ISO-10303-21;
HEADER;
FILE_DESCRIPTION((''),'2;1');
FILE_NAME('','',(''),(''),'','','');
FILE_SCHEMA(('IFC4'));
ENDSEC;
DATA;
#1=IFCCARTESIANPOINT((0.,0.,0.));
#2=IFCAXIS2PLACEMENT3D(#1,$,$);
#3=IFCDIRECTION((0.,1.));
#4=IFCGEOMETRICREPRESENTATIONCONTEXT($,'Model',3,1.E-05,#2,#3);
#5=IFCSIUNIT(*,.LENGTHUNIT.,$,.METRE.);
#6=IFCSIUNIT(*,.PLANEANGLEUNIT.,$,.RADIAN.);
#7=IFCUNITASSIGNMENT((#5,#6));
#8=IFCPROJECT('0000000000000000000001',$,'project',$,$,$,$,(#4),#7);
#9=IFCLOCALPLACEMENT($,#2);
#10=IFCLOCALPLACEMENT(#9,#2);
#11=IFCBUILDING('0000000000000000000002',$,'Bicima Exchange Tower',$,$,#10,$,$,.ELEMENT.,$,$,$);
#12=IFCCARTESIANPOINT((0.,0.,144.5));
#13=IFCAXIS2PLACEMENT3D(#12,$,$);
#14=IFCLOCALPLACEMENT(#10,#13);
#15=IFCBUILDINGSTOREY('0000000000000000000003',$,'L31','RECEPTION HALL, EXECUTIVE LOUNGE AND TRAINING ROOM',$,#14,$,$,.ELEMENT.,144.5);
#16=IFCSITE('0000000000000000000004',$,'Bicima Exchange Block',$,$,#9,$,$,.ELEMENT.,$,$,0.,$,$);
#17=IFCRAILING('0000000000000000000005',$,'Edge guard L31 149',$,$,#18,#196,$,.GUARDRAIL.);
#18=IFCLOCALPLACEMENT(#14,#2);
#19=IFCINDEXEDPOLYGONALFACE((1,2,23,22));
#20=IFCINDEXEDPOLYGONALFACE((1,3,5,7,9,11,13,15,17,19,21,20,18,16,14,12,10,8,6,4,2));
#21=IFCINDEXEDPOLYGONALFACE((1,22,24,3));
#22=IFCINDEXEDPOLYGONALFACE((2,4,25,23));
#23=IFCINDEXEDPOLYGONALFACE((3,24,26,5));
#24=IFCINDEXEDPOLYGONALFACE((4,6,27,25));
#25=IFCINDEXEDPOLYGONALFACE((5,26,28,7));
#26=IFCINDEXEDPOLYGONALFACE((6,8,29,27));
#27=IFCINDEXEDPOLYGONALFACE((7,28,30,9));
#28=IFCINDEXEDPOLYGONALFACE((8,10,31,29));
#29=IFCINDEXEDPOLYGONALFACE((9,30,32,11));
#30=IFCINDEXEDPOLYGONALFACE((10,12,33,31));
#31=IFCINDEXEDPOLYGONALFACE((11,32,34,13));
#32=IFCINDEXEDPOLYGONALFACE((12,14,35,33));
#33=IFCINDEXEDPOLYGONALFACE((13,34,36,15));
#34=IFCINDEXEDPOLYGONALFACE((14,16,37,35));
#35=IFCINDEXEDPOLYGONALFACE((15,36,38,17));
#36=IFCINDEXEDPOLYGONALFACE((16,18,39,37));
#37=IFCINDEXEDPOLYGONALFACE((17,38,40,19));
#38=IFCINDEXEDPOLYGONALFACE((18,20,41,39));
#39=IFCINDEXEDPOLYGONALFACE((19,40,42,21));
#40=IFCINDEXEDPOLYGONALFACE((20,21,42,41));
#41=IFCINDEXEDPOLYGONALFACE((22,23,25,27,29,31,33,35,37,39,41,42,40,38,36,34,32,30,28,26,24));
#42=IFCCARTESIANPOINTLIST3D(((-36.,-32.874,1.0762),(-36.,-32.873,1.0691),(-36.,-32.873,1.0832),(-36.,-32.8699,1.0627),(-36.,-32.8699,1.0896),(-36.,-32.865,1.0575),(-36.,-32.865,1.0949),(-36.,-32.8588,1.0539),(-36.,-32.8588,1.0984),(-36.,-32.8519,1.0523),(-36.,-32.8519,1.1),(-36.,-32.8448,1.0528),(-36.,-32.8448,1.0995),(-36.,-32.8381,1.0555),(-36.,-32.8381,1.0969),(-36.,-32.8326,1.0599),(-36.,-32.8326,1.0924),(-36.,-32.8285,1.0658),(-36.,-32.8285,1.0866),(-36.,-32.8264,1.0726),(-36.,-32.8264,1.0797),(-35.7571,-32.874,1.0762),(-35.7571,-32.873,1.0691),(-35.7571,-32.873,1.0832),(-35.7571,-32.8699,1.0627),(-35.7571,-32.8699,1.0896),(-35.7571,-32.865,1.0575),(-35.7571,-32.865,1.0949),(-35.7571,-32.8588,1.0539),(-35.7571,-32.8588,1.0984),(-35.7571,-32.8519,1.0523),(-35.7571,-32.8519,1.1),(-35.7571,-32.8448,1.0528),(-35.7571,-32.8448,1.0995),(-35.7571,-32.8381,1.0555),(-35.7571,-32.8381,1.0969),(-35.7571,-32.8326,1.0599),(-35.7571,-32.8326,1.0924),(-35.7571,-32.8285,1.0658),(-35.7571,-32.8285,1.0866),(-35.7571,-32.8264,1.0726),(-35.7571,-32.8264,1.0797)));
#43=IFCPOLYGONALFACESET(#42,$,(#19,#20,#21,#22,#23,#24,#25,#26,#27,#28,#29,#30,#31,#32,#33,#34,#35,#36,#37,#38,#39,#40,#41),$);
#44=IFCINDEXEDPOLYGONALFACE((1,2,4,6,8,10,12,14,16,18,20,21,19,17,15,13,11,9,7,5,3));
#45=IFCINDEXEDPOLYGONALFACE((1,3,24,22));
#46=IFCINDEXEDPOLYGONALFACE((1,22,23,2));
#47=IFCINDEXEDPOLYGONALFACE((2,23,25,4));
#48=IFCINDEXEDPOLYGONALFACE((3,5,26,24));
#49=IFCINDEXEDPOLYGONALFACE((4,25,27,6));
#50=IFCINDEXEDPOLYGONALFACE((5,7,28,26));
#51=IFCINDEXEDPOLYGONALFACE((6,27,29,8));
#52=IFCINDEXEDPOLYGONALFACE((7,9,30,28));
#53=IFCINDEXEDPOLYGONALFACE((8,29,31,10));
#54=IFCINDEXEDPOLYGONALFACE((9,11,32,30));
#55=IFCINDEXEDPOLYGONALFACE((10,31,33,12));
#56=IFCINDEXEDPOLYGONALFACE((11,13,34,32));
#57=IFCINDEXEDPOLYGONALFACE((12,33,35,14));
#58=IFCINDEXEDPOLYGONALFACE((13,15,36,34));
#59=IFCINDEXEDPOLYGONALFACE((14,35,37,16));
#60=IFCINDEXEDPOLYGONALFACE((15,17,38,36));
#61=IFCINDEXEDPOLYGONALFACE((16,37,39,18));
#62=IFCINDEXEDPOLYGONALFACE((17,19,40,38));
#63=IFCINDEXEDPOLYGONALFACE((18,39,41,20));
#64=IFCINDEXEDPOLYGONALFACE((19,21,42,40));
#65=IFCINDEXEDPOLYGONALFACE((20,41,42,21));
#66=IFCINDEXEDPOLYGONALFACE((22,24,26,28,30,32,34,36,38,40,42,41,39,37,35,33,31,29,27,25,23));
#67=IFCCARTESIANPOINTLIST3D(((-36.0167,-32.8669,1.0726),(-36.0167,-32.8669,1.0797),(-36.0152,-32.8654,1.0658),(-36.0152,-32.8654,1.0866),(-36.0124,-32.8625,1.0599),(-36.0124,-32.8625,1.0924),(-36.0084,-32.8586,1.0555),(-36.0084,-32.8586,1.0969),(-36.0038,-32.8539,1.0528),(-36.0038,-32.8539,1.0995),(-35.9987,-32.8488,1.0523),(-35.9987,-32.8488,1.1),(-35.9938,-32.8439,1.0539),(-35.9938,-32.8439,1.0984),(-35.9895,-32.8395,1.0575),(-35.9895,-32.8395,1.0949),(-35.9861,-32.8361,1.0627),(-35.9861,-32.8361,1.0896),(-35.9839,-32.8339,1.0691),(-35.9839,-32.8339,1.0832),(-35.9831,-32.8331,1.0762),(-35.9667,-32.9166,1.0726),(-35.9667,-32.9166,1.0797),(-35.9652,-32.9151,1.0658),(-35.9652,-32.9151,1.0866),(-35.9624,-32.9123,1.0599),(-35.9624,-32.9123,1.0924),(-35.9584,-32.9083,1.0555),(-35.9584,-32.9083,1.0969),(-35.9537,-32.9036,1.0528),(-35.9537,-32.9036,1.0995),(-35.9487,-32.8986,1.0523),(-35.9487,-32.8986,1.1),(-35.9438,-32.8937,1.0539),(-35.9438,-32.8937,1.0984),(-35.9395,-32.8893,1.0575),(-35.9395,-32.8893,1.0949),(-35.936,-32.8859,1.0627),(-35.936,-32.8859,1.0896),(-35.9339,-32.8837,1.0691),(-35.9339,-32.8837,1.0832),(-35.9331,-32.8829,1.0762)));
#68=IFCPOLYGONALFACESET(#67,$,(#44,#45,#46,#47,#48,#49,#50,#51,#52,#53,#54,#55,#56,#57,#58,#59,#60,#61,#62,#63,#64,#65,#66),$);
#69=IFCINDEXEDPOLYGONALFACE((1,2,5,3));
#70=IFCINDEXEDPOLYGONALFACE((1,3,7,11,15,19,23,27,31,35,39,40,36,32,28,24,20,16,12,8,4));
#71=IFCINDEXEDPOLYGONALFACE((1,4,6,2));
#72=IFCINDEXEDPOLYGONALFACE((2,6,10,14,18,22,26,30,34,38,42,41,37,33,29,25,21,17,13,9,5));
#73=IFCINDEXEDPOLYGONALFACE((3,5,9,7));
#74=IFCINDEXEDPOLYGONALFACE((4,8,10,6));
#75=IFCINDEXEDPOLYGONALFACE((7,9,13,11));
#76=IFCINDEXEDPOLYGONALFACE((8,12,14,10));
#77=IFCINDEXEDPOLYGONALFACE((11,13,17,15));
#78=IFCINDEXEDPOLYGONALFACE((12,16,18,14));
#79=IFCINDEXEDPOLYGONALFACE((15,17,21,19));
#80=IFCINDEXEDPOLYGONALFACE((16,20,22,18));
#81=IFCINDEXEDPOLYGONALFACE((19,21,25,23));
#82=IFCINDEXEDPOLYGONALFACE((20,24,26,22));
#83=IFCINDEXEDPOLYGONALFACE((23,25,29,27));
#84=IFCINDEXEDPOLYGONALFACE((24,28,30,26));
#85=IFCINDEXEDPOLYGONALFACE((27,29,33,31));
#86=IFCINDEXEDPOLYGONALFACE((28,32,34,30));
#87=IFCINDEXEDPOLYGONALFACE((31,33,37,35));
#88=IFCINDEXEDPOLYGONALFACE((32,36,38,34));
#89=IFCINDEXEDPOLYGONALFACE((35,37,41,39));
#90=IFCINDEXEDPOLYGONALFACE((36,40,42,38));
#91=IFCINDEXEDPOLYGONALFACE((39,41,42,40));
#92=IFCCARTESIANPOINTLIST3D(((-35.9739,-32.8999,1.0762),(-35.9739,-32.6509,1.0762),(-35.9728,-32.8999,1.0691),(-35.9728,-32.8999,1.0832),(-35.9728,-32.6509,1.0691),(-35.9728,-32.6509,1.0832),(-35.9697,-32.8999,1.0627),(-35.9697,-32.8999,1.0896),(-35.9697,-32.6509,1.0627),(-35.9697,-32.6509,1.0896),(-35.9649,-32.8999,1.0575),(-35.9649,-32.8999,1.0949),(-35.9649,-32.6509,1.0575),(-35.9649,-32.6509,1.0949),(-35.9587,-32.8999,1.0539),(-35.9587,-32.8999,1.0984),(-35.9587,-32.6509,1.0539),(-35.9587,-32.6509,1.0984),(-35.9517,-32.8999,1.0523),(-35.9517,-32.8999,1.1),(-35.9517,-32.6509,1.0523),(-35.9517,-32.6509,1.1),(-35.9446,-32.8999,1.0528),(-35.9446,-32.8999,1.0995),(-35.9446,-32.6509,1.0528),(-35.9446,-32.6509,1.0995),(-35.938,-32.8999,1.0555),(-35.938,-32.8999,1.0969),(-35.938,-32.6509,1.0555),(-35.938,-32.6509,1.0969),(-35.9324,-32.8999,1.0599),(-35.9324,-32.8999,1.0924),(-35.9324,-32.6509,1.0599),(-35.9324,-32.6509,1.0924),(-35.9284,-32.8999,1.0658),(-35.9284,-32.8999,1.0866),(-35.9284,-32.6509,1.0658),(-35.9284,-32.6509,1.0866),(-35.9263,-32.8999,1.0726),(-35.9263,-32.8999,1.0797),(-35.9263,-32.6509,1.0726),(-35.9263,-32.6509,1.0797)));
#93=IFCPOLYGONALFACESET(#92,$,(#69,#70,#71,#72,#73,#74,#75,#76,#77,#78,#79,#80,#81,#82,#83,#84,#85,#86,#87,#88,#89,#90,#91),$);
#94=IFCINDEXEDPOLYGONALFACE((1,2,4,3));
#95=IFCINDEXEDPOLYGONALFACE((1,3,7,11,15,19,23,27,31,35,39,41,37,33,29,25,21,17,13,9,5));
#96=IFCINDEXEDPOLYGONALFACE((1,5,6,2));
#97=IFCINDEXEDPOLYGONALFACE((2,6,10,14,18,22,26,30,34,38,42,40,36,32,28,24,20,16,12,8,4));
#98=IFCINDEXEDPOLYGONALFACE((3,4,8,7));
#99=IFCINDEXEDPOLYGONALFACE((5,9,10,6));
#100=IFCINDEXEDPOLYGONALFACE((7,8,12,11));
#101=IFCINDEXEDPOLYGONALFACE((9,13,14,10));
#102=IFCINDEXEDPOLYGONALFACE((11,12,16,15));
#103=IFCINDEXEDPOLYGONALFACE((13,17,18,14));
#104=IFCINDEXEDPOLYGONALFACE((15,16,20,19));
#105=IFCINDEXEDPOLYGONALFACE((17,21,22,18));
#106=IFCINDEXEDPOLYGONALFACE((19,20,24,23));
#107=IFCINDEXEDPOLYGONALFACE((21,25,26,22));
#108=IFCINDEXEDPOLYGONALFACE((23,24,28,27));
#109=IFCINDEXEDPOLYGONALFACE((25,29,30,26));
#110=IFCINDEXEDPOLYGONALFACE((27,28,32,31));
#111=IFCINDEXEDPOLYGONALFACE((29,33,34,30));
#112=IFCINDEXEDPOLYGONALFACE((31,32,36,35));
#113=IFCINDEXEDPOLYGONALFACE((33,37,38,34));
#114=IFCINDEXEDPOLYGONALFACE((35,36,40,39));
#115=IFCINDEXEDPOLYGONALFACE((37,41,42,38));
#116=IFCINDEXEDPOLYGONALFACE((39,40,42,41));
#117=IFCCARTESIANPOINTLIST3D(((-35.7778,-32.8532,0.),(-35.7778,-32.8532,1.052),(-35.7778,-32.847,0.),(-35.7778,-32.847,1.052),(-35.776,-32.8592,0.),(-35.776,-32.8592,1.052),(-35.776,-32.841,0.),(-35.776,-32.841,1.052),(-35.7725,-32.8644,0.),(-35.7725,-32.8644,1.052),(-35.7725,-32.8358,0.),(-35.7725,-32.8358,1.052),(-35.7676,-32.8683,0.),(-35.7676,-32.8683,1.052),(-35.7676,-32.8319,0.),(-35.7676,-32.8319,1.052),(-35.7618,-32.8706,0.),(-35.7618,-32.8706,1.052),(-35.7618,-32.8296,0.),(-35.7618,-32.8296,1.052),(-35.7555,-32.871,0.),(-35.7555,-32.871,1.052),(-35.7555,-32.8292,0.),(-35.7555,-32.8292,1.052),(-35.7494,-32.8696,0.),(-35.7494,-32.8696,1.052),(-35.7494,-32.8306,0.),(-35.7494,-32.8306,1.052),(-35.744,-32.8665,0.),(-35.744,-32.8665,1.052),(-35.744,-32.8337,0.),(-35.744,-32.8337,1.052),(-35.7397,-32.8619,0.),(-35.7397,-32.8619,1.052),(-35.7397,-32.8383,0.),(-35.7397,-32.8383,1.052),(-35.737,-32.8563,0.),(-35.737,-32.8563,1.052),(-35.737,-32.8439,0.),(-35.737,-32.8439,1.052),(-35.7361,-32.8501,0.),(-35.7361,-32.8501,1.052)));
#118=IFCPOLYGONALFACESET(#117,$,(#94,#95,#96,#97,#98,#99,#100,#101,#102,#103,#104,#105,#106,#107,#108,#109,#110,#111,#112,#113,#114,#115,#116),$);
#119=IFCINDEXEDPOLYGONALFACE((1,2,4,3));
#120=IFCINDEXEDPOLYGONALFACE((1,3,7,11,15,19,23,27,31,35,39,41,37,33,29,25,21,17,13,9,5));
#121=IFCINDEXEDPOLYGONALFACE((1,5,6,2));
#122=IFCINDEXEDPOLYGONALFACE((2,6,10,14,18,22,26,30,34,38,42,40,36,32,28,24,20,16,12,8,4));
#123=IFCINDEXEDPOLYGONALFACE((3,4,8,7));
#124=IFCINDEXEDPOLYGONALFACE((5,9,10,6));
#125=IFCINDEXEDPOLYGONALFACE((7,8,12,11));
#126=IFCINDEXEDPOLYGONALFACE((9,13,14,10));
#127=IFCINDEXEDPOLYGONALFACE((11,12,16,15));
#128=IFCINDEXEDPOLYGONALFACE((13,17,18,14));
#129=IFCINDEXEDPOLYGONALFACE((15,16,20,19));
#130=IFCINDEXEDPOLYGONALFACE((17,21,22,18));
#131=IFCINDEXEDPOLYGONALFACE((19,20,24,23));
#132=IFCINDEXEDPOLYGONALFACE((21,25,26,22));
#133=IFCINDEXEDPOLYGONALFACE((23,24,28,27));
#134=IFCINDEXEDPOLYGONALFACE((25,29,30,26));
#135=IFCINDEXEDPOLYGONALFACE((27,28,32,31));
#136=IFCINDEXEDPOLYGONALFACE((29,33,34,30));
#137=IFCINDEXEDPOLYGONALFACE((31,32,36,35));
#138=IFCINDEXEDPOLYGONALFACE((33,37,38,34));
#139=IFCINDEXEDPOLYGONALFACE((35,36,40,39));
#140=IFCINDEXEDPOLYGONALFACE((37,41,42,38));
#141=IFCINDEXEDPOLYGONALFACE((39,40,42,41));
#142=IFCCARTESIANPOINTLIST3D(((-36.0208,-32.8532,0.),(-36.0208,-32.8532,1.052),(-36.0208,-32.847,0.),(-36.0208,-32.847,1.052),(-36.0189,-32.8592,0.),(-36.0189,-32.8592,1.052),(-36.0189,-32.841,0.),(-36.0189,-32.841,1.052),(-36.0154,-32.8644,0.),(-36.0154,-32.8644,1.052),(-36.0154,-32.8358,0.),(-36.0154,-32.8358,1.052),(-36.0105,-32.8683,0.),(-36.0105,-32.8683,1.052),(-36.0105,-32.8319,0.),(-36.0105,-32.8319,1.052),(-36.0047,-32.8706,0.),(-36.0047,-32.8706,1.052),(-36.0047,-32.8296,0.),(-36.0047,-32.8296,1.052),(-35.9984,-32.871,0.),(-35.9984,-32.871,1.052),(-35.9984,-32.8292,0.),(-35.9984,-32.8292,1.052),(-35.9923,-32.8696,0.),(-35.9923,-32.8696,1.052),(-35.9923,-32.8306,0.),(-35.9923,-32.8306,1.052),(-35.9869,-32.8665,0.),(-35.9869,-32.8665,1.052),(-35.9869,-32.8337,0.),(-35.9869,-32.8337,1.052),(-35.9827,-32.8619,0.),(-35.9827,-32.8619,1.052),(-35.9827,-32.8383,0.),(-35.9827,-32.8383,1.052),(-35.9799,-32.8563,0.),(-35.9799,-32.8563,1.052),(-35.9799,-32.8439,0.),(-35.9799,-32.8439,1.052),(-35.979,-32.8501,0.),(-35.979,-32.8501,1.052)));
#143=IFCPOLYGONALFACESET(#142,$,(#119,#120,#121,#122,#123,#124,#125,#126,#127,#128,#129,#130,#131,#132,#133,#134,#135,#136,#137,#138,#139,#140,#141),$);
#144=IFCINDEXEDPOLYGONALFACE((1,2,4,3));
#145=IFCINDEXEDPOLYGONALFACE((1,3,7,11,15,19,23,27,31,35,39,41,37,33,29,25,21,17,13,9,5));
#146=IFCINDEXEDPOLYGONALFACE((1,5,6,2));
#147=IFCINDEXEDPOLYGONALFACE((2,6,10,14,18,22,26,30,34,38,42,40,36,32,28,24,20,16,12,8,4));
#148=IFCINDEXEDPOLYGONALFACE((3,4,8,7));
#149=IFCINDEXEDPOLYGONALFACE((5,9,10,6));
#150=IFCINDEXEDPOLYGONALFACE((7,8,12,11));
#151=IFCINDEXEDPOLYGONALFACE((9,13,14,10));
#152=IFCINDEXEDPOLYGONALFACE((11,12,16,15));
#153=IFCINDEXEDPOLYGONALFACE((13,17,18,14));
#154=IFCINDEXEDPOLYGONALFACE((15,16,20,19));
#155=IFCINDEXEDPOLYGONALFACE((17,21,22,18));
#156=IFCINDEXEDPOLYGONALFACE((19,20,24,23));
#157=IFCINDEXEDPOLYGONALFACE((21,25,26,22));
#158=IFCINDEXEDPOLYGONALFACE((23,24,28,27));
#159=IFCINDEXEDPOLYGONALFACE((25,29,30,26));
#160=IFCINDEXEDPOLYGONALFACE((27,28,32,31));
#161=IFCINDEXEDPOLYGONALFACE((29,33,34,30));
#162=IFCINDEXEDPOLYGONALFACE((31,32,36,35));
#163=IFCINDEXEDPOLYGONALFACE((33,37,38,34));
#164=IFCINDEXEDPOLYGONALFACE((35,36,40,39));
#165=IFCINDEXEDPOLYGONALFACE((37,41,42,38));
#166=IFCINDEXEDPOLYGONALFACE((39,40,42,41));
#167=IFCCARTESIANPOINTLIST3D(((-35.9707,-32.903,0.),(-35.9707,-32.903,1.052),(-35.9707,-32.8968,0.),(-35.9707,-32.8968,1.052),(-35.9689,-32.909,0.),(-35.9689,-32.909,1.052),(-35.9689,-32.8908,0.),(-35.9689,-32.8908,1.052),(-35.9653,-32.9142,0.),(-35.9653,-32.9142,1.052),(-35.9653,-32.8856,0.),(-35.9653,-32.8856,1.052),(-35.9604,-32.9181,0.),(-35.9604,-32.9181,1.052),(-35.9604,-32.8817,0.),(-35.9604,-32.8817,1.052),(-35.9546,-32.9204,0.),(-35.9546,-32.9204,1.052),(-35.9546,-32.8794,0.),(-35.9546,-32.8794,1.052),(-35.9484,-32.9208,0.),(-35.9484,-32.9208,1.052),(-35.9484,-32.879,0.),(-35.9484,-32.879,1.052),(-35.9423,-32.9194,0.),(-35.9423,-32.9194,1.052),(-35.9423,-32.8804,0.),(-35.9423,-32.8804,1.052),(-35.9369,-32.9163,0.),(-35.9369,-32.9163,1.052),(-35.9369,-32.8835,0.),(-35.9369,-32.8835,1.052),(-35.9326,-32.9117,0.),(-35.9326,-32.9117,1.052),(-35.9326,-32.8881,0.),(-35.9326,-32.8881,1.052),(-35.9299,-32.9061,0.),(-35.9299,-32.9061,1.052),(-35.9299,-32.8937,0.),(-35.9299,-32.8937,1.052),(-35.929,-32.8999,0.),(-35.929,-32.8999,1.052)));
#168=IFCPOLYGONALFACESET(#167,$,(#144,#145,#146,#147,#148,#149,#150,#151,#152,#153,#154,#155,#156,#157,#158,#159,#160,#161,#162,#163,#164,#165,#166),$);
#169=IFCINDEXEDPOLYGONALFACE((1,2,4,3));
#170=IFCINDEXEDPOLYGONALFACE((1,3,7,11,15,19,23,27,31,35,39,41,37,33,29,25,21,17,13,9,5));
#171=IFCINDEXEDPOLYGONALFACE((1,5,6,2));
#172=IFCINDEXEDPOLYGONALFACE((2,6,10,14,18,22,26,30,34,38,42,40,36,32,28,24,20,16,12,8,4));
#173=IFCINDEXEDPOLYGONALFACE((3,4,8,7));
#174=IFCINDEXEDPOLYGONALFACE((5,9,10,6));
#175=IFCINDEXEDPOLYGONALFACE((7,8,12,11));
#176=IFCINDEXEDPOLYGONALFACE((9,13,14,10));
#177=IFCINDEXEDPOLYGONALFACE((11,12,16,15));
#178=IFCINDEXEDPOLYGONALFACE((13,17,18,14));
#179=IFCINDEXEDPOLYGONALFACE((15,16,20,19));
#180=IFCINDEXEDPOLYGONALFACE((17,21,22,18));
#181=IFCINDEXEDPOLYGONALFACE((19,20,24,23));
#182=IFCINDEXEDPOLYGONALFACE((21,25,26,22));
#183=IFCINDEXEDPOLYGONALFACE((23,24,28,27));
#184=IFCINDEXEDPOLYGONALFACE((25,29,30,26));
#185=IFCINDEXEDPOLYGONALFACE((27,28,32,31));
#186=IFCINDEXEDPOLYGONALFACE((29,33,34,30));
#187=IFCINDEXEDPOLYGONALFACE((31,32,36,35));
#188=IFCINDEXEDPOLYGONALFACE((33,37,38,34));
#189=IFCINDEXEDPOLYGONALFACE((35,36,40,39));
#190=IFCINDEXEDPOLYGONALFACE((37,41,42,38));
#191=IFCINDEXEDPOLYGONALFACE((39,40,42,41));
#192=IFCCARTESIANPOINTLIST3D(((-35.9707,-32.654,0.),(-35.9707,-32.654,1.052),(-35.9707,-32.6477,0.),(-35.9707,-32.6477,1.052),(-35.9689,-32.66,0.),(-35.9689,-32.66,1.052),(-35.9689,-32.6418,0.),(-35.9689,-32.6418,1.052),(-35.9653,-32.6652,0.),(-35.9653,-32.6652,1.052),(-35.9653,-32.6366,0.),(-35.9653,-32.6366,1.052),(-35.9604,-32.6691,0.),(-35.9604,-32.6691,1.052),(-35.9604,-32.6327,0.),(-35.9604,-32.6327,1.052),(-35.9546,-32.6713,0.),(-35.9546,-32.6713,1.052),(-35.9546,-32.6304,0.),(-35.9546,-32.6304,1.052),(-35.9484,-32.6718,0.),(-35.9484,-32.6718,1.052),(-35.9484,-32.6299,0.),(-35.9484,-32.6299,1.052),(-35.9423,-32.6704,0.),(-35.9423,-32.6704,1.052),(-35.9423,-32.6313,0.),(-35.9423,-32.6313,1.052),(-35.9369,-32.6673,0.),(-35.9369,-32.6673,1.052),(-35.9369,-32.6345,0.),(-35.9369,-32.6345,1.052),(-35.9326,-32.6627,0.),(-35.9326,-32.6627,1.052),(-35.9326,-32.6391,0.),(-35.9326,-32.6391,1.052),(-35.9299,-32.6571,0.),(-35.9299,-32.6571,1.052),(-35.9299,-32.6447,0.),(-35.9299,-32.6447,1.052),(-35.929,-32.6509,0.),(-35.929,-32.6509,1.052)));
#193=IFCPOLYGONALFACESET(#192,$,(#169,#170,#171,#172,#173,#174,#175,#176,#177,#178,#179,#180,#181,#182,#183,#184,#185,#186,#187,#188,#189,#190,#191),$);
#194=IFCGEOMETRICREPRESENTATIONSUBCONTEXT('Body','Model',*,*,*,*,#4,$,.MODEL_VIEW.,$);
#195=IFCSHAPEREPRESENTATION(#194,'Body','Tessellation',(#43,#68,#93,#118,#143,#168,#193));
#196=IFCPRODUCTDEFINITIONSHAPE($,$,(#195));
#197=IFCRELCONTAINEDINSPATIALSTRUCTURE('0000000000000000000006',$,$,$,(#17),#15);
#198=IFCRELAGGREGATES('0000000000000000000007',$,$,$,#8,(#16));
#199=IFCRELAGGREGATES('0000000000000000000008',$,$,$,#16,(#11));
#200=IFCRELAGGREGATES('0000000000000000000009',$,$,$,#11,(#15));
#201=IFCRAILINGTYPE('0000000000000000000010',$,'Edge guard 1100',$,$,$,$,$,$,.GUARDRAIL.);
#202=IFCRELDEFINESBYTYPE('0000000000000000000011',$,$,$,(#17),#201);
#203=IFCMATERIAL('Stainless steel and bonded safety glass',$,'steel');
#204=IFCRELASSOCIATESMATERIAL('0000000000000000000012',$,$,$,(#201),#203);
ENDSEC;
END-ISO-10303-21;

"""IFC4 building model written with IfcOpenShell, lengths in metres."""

from ifc_helpers import new_model, si_unit, direction, frame, origin, origin_2d, place, context, subcontext, project, spatial, circle, extrude, material, type_object, element, save


model = new_model("IFC4")

# Units and contexts
model_context = context("Model", 3, precision=1e-05, world=origin(), true_north=direction((0.0, 1.0)))
body_context = subcontext(model_context, "Body", "Model", "MODEL_VIEW")
ifc_project = project(units=[si_unit("LENGTHUNIT", "METRE"), si_unit("PLANEANGLEUNIT", "RADIAN")], contexts=[model_context])

# Site, building, storey
site_placement = place(None, origin())
site = spatial("IfcSite", under=ifc_project, at=site_placement, Name="Bicima Exchange Block", CompositionType="ELEMENT", RefElevation=0.0)
building_placement = place(site_placement, origin())
building = spatial("IfcBuilding", under=site, at=building_placement, Name="Bicima Exchange Tower", CompositionType="ELEMENT")
storey_placement = place(building_placement, frame((0.0, 0.0, 144.5)))
storey = spatial("IfcBuildingStorey", under=building, at=storey_placement, Name="L31", Description="RECEPTION HALL, EXECUTIVE LOUNGE AND TRAINING ROOM", CompositionType="ELEMENT", Elevation=144.5)

# Railing
ifc_material_1 = material(Name="Stainless steel and bonded safety glass", Category="steel")
railing_type = type_object("IfcRailingType", Name="Edge guard 1100", PredefinedType="GUARDRAIL", material=ifc_material_1)
railing_1_placement = place(storey_placement, frame((-35.7571, -32.8501, 0.0)))
element("IfcRailing", 1, at=railing_1_placement, inside=storey, type_object=railing_type, Name="Edge guard L31 149", PredefinedType="GUARDRAIL", context=body_context, shape_type="SweptSolid", body=[
    extrude(circle(Radius=0.0239, at=origin_2d()), frame((0.0, 0.0, 1.0762), z_axis=(-1.0, 0.0, 0.0), x_axis=(0.0, -1.0, 0.0)), (0.0, 0.0, 1.0), 0.2429),
    extrude(circle(Radius=0.0239, at=origin_2d()), frame((-0.2429, 0.0, 1.0762), z_axis=(0.708834, -0.705376, 0.0), x_axis=(0.705376, 0.708834, 0.0)), (0.0, 0.0, 1.0), 0.0706),
    extrude(circle(Radius=0.0239, at=origin_2d()), frame((-0.1929, -0.0498, 1.0762), z_axis=(0.0, 1.0, 0.0), x_axis=(-1.0, 0.0, 0.0)), (0.0, 0.0, 1.0), 0.249),
    extrude(circle(Radius=0.021, at=origin_2d()), origin(), (0.0, 0.0, 1.0), 1.052),
    extrude(circle(Radius=0.021, at=origin_2d()), frame((-0.2429, 0.0, 0.0)), (0.0, 0.0, 1.0), 1.052),
    extrude(circle(Radius=0.021, at=origin_2d()), frame((-0.1929, -0.0498, 0.0)), (0.0, 0.0, 1.0), 1.052),
    extrude(circle(Radius=0.021, at=origin_2d()), frame((-0.1929, 0.1992, 0.0)), (0.0, 0.0, 1.0), 1.052),
])

save(model, "model.ifc")
